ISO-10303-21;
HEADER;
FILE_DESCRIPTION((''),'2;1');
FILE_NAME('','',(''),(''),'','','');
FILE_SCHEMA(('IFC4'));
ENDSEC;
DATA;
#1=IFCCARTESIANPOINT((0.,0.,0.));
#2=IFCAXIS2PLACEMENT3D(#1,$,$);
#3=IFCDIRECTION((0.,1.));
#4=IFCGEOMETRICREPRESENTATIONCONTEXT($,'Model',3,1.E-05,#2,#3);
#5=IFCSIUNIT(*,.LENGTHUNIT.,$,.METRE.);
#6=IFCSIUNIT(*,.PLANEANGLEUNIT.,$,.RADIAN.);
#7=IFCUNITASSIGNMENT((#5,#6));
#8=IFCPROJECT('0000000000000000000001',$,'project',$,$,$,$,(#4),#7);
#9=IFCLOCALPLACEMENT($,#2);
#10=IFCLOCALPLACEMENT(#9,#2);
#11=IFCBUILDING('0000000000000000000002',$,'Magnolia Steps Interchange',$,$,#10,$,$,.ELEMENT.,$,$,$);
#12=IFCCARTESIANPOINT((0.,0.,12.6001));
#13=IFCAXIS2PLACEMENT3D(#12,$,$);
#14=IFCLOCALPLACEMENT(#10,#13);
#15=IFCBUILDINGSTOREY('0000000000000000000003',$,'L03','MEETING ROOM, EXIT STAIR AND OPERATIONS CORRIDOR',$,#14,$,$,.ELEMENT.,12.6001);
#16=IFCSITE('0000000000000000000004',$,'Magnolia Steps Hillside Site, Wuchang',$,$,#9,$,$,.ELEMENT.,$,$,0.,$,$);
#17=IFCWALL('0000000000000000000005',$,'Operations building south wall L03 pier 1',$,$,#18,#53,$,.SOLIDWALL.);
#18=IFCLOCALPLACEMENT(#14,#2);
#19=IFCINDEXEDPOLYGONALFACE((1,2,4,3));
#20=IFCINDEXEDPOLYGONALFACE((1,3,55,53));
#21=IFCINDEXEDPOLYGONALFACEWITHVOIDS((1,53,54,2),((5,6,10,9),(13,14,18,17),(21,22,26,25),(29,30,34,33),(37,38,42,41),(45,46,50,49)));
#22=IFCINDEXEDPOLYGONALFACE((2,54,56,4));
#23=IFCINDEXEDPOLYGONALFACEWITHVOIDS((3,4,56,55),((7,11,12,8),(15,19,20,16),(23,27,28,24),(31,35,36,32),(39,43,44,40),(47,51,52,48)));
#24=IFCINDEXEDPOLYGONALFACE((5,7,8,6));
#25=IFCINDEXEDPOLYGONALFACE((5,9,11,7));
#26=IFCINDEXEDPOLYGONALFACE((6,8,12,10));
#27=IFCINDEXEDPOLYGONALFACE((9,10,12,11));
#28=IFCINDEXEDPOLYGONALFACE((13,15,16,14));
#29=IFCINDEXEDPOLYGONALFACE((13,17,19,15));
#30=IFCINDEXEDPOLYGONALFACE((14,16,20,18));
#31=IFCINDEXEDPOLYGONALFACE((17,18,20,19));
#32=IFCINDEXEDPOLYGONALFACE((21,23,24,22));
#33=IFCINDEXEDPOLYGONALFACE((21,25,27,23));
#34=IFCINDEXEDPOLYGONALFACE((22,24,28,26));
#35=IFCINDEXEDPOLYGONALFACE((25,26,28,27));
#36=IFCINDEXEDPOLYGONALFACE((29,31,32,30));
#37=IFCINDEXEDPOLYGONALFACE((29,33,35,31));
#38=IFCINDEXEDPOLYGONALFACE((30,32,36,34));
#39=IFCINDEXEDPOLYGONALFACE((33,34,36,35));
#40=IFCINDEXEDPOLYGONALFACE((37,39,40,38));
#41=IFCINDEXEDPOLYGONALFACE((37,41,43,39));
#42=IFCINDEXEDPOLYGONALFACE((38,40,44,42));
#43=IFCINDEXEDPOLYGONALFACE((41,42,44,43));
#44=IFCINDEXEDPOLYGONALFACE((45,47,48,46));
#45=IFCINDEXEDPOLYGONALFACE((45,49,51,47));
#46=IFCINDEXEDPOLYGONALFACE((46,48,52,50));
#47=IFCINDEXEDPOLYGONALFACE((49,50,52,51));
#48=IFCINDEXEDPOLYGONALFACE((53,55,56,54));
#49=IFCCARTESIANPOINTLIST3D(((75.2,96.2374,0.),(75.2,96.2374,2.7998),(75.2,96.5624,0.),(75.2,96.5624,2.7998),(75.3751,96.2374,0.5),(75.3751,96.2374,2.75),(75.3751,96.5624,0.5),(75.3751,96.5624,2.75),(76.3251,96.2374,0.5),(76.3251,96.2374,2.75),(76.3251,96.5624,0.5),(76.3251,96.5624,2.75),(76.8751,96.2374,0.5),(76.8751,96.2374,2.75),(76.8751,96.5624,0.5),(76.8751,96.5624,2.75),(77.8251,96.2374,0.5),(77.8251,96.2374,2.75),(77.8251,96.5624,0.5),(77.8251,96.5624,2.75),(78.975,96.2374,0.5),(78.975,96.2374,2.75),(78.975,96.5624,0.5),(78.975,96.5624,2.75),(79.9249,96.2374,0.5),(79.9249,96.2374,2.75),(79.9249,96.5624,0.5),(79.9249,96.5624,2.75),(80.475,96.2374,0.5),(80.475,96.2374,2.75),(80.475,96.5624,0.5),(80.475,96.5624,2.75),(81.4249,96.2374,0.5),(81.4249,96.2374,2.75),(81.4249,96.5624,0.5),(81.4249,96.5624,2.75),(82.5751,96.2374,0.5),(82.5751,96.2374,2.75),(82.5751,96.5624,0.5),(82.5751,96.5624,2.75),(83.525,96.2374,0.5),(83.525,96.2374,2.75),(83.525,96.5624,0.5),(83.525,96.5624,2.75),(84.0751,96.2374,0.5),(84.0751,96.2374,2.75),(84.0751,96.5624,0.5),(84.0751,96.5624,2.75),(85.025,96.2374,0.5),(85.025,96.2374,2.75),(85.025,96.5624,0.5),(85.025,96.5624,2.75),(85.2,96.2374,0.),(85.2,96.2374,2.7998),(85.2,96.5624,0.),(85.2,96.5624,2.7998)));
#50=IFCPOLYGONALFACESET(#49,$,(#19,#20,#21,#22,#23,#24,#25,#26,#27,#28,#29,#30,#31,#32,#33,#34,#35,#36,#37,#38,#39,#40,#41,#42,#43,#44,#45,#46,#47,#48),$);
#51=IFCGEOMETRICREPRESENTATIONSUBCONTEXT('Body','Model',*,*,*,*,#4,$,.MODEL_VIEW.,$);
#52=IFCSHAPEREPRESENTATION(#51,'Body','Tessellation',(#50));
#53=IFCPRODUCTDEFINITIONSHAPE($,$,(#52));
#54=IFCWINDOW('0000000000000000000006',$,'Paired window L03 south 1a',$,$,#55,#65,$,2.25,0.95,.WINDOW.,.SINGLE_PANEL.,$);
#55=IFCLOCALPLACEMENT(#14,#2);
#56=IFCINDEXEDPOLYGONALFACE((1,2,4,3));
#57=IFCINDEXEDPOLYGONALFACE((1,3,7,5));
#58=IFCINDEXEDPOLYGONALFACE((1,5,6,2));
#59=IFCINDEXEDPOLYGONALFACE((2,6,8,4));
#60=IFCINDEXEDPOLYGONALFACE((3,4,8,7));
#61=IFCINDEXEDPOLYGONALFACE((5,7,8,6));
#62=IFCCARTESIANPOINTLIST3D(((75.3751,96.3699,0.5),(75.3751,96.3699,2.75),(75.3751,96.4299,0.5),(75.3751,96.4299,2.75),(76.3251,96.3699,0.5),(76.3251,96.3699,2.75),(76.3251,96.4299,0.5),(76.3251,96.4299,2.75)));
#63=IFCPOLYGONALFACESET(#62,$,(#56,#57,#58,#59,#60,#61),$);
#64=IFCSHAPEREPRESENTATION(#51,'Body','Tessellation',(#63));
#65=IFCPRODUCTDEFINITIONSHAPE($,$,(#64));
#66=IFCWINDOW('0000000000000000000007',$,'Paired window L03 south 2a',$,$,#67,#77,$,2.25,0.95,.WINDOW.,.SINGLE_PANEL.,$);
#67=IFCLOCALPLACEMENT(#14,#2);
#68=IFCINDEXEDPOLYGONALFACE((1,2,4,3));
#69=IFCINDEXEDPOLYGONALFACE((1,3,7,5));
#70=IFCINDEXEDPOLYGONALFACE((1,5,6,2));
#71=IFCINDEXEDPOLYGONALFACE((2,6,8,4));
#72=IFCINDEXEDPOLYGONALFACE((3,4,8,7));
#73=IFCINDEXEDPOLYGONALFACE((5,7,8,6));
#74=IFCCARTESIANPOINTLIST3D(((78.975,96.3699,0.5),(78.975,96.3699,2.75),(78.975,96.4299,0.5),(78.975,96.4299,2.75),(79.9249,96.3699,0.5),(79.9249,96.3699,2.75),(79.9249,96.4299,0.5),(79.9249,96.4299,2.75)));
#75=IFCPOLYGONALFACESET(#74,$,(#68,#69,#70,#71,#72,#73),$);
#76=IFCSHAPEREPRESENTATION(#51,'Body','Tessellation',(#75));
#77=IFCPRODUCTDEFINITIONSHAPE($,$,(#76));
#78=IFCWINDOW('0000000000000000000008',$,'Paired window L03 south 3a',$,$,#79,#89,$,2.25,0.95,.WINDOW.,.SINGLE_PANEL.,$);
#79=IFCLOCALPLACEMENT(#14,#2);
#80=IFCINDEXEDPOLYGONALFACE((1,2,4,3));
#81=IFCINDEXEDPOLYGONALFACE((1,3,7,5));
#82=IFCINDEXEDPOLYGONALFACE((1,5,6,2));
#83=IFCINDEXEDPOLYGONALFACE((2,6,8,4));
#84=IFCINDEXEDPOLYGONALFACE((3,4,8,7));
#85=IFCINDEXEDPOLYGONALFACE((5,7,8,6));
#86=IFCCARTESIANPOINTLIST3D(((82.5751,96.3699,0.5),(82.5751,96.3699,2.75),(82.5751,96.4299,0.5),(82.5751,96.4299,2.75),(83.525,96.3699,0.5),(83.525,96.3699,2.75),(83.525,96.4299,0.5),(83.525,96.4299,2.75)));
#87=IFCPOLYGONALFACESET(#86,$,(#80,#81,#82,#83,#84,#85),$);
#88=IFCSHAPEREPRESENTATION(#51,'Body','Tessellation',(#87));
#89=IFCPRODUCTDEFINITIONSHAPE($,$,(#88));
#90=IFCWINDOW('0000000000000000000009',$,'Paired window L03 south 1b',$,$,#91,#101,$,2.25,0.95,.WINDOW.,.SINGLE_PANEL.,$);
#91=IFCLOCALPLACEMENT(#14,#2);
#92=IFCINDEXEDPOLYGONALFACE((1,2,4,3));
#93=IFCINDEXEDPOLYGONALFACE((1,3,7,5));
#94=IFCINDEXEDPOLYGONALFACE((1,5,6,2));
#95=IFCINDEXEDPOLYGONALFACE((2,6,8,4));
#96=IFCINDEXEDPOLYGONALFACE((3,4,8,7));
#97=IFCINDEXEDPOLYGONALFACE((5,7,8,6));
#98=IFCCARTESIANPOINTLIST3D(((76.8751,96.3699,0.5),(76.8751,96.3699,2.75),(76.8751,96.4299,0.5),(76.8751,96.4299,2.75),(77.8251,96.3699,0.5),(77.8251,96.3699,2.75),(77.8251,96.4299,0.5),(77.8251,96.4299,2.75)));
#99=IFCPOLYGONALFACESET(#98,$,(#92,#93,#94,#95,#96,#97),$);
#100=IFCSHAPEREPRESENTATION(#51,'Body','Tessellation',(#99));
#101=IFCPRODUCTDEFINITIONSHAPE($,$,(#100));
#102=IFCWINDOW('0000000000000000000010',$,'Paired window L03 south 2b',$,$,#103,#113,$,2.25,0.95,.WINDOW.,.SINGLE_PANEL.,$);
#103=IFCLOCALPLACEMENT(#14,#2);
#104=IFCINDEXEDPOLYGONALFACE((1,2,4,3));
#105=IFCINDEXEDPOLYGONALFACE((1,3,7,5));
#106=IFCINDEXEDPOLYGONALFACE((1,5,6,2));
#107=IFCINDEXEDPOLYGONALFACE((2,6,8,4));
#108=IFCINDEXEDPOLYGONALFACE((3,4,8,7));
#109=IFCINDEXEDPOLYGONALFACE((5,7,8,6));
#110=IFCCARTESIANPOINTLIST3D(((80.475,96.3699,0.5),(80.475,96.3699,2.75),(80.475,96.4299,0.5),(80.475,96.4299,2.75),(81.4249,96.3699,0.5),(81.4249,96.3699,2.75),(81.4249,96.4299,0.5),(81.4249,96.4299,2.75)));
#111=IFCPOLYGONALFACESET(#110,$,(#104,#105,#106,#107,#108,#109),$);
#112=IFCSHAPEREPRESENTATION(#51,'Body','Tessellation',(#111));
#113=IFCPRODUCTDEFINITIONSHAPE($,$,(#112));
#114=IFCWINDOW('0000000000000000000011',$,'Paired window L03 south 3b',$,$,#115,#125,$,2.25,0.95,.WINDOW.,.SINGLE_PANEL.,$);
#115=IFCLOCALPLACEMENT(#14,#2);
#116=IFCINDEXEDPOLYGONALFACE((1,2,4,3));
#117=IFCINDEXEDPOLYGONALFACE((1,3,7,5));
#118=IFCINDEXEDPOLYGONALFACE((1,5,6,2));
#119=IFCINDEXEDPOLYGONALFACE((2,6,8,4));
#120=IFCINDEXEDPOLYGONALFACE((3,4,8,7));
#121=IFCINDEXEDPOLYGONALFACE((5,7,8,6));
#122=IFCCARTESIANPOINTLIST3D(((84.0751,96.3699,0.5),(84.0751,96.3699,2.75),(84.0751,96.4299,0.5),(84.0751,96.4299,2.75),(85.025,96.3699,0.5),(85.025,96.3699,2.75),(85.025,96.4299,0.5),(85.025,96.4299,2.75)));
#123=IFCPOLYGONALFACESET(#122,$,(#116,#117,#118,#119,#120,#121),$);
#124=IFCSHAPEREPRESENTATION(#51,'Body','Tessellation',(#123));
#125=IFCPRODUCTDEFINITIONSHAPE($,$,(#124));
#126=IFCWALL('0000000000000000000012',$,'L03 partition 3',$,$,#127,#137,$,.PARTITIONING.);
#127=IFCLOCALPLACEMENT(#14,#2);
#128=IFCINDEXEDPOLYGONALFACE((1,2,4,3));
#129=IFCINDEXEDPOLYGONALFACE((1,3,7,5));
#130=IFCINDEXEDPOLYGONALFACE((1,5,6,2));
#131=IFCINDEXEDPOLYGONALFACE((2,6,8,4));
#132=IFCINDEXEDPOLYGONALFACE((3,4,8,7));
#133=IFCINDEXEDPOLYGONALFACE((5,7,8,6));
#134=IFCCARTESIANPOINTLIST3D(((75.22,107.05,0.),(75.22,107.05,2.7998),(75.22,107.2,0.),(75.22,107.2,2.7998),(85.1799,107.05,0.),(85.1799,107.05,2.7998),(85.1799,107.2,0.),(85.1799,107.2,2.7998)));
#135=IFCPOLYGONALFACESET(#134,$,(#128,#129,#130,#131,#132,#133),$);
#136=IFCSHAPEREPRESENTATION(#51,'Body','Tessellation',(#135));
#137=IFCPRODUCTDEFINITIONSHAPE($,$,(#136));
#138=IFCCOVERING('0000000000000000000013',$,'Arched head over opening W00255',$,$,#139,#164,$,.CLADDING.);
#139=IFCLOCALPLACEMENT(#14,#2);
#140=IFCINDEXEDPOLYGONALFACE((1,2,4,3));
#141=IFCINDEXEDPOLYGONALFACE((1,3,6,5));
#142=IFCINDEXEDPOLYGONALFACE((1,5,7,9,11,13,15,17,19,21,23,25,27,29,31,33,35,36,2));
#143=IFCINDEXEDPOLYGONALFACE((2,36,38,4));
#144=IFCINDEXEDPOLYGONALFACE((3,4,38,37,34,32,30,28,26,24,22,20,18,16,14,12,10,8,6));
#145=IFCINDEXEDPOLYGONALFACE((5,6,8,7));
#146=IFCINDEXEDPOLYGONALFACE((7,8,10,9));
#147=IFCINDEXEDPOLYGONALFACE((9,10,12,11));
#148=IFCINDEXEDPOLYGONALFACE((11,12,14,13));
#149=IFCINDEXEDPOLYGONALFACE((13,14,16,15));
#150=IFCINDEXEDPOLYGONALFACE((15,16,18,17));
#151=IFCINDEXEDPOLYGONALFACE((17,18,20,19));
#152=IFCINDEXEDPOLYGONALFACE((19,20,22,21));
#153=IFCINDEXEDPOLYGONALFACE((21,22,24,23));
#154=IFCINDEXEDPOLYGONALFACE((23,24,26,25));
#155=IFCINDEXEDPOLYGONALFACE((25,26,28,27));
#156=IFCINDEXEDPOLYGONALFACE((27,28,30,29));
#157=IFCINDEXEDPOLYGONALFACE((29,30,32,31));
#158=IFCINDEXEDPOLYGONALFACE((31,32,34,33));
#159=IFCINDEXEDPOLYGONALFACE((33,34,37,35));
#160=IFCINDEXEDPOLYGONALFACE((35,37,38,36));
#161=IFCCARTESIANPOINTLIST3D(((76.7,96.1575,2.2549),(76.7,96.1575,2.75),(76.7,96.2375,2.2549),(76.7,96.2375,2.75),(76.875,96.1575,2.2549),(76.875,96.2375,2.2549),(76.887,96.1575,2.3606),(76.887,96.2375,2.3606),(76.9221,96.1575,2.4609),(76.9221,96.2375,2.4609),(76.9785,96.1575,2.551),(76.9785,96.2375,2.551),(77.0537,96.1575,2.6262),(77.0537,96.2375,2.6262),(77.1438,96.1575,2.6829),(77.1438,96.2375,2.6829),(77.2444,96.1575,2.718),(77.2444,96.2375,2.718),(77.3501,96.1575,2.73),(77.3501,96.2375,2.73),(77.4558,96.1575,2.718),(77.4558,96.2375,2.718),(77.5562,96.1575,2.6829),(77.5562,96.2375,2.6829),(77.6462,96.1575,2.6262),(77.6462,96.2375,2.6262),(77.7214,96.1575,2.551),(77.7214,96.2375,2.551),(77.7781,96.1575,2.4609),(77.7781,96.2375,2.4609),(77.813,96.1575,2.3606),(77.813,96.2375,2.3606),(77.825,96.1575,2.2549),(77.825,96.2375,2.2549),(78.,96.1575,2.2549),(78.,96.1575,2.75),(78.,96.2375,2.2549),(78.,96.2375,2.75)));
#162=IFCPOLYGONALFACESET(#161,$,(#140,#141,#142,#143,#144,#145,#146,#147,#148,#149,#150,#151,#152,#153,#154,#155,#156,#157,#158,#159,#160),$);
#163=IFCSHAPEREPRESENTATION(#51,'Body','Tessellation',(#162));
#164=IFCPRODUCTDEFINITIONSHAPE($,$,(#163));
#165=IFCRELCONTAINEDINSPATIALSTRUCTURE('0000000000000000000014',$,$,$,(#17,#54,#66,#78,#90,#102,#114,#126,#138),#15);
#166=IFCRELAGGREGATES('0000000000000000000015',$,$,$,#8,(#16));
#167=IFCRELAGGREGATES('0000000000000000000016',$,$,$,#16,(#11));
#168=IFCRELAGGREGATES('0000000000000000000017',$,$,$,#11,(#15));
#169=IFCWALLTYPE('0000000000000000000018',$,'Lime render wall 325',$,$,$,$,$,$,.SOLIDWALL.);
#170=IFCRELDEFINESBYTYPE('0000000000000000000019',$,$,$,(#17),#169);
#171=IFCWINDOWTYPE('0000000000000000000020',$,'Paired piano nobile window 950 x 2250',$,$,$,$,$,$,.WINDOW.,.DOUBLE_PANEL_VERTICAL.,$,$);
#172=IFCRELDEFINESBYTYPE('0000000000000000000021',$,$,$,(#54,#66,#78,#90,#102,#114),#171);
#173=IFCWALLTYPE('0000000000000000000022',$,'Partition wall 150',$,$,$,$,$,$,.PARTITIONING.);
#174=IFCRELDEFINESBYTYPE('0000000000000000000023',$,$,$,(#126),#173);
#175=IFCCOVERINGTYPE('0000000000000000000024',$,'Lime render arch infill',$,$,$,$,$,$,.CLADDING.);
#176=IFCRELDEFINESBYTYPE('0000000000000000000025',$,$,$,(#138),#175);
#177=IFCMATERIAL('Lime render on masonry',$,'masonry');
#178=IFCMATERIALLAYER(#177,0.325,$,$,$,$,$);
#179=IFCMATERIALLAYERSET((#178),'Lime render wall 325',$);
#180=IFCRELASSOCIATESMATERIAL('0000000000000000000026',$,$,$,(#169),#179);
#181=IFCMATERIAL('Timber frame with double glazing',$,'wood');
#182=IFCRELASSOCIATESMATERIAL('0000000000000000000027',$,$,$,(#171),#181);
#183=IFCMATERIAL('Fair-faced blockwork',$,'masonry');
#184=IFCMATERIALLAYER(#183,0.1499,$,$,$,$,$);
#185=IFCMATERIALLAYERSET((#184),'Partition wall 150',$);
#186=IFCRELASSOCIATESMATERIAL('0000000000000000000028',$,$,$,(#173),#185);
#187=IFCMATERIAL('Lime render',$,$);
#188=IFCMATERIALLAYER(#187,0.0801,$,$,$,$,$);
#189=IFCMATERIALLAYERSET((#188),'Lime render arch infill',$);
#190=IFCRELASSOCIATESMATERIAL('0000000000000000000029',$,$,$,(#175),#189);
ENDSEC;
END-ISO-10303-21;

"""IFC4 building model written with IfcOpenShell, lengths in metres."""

from ifc_helpers import new_model, si_unit, direction, frame, frame_2d, origin, place, context, subcontext, project, spatial, polyline, rectangle, outline, extrude, material, layer, layer_set, type_object, element, fill, save


model = new_model("IFC4")

# Units and contexts
model_context = context("Model", 3, precision=1e-05, world=origin(), true_north=direction((0.0, 1.0)))
body_context = subcontext(model_context, "Body", "Model", "MODEL_VIEW")
ifc_project = project(units=[si_unit("LENGTHUNIT", "METRE"), si_unit("PLANEANGLEUNIT", "RADIAN")], contexts=[model_context])

# Site, building, storey
site_placement = place(None, origin())
site = spatial("IfcSite", under=ifc_project, at=site_placement, Name="Magnolia Steps Hillside Site, Wuchang", CompositionType="ELEMENT", RefElevation=0.0)
building_placement = place(site_placement, origin())
building = spatial("IfcBuilding", under=site, at=building_placement, Name="Magnolia Steps Interchange", CompositionType="ELEMENT")
storey_placement = place(building_placement, frame((0.0, 0.0, 12.6001)))
storey = spatial("IfcBuildingStorey", under=building, at=storey_placement, Name="L03", Description="MEETING ROOM, EXIT STAIR AND OPERATIONS CORRIDOR", CompositionType="ELEMENT", Elevation=12.6001)

# Wall, openings, windows
ifc_material_1 = material(Name="Lime render on masonry", Category="masonry")
ifc_layer_1 = layer(ifc_material_1, 0.325)
ifc_layer_set_1 = layer_set([ifc_layer_1], Name="Lime render wall 325")
wall_type_1 = type_object("IfcWallType", Name="Lime render wall 325", PredefinedType="SOLIDWALL", material=ifc_layer_set_1)
wall_1_placement = place(storey_placement, frame((75.2, 96.3999, 0.0), z_axis=(0.0, 0.0, 1.0), x_axis=(1.0, 0.0, 0.0)))
wall_1 = element("IfcWall", 1, at=wall_1_placement, inside=storey, type_object=wall_type_1, Name="Operations building south wall L03 pier 1", PredefinedType="SOLIDWALL", context=body_context, shape_type="SweptSolid", body=[
    extrude(rectangle(XDim=10.0, YDim=0.325, at=frame_2d((5.0, 0.0))), origin(), (0.0, 0.0, 1.0), 2.7998),
])
opening_1_placement = place(wall_1_placement, frame((0.175, 0.0, 0.5)))
opening_1 = element("IfcOpeningElement", 2, at=opening_1_placement, cuts=wall_1, PredefinedType="OPENING", context=body_context, shape_type="SweptSolid", body=[
    extrude(rectangle(XDim=0.95, YDim=2.25, at=frame_2d((0.4751, 1.125))), frame((0.0, 0.1724, 0.0), z_axis=(0.0, -1.0, 0.0), x_axis=(1.0, 0.0, 0.0)), (0.0, 0.0, 1.0), 0.345),
])
opening_2_placement = place(wall_1_placement, frame((3.7749, 0.0, 0.5)))
opening_2 = element("IfcOpeningElement", 3, at=opening_2_placement, cuts=wall_1, PredefinedType="OPENING", context=body_context, shape_type="SweptSolid", body=[
    extrude(rectangle(XDim=0.95, YDim=2.25, at=frame_2d((0.4751, 1.125))), frame((0.0, 0.1724, 0.0), z_axis=(0.0, -1.0, 0.0), x_axis=(1.0, 0.0, 0.0)), (0.0, 0.0, 1.0), 0.345),
])
opening_3_placement = place(wall_1_placement, frame((7.375, 0.0, 0.5)))
opening_3 = element("IfcOpeningElement", 4, at=opening_3_placement, cuts=wall_1, PredefinedType="OPENING", context=body_context, shape_type="SweptSolid", body=[
    extrude(rectangle(XDim=0.95, YDim=2.25, at=frame_2d((0.4751, 1.125))), frame((0.0, 0.1724, 0.0), z_axis=(0.0, -1.0, 0.0), x_axis=(1.0, 0.0, 0.0)), (0.0, 0.0, 1.0), 0.345),
])
opening_4_placement = place(wall_1_placement, frame((1.675, 0.0, 0.5)))
opening_4 = element("IfcOpeningElement", 5, at=opening_4_placement, cuts=wall_1, PredefinedType="OPENING", context=body_context, shape_type="SweptSolid", body=[
    extrude(rectangle(XDim=0.95, YDim=2.25, at=frame_2d((0.4751, 1.125))), frame((0.0, 0.1724, 0.0), z_axis=(0.0, -1.0, 0.0), x_axis=(1.0, 0.0, 0.0)), (0.0, 0.0, 1.0), 0.345),
])
opening_5_placement = place(wall_1_placement, frame((5.2749, 0.0, 0.5)))
opening_5 = element("IfcOpeningElement", 6, at=opening_5_placement, cuts=wall_1, PredefinedType="OPENING", context=body_context, shape_type="SweptSolid", body=[
    extrude(rectangle(XDim=0.95, YDim=2.25, at=frame_2d((0.4751, 1.125))), frame((0.0, 0.1724, 0.0), z_axis=(0.0, -1.0, 0.0), x_axis=(1.0, 0.0, 0.0)), (0.0, 0.0, 1.0), 0.345),
])
opening_6_placement = place(wall_1_placement, frame((8.875, 0.0, 0.5)))
opening_6 = element("IfcOpeningElement", 7, at=opening_6_placement, cuts=wall_1, PredefinedType="OPENING", context=body_context, shape_type="SweptSolid", body=[
    extrude(rectangle(XDim=0.95, YDim=2.25, at=frame_2d((0.4751, 1.125))), frame((0.0, 0.1724, 0.0), z_axis=(0.0, -1.0, 0.0), x_axis=(1.0, 0.0, 0.0)), (0.0, 0.0, 1.0), 0.345),
])
ifc_material_2 = material(Name="Timber frame with double glazing", Category="wood")
window_type = type_object("IfcWindowType", Name="Paired piano nobile window 950 x 2250", PartitioningType="DOUBLE_PANEL_VERTICAL", PredefinedType="WINDOW", material=ifc_material_2)
window_1_placement = place(opening_1_placement, origin())
window_1 = element("IfcWindow", 8, at=window_1_placement, inside=storey, type_object=window_type, Name="Paired window L03 south 1a", OverallHeight=2.25, OverallWidth=0.95, PartitioningType="SINGLE_PANEL", PredefinedType="WINDOW", context=body_context, shape_type="SweptSolid", body=[
    extrude(rectangle(XDim=0.95, YDim=2.25, at=frame_2d((0.4751, 1.125))), frame((0.0, 0.03, 0.0), z_axis=(0.0, -1.0, 0.0), x_axis=(1.0, 0.0, 0.0)), (0.0, 0.0, 1.0), 0.0601),
])
fill(opening_1, window_1)
window_2_placement = place(opening_2_placement, origin())
window_2 = element("IfcWindow", 9, at=window_2_placement, inside=storey, type_object=window_type, Name="Paired window L03 south 2a", OverallHeight=2.25, OverallWidth=0.95, PartitioningType="SINGLE_PANEL", PredefinedType="WINDOW", context=body_context, shape_type="SweptSolid", body=[
    extrude(rectangle(XDim=0.95, YDim=2.25, at=frame_2d((0.4751, 1.125))), frame((0.0, 0.03, 0.0), z_axis=(0.0, -1.0, 0.0), x_axis=(1.0, 0.0, 0.0)), (0.0, 0.0, 1.0), 0.0601),
])
fill(opening_2, window_2)
window_3_placement = place(opening_3_placement, origin())
window_3 = element("IfcWindow", 10, at=window_3_placement, inside=storey, type_object=window_type, Name="Paired window L03 south 3a", OverallHeight=2.25, OverallWidth=0.95, PartitioningType="SINGLE_PANEL", PredefinedType="WINDOW", context=body_context, shape_type="SweptSolid", body=[
    extrude(rectangle(XDim=0.95, YDim=2.25, at=frame_2d((0.4751, 1.125))), frame((0.0, 0.03, 0.0), z_axis=(0.0, -1.0, 0.0), x_axis=(1.0, 0.0, 0.0)), (0.0, 0.0, 1.0), 0.0601),
])
fill(opening_3, window_3)
window_4_placement = place(opening_4_placement, origin())
window_4 = element("IfcWindow", 11, at=window_4_placement, inside=storey, type_object=window_type, Name="Paired window L03 south 1b", OverallHeight=2.25, OverallWidth=0.95, PartitioningType="SINGLE_PANEL", PredefinedType="WINDOW", context=body_context, shape_type="SweptSolid", body=[
    extrude(rectangle(XDim=0.95, YDim=2.25, at=frame_2d((0.4751, 1.125))), frame((0.0, 0.03, 0.0), z_axis=(0.0, -1.0, 0.0), x_axis=(1.0, 0.0, 0.0)), (0.0, 0.0, 1.0), 0.0601),
])
fill(opening_4, window_4)
window_5_placement = place(opening_5_placement, origin())
window_5 = element("IfcWindow", 12, at=window_5_placement, inside=storey, type_object=window_type, Name="Paired window L03 south 2b", OverallHeight=2.25, OverallWidth=0.95, PartitioningType="SINGLE_PANEL", PredefinedType="WINDOW", context=body_context, shape_type="SweptSolid", body=[
    extrude(rectangle(XDim=0.95, YDim=2.25, at=frame_2d((0.4751, 1.125))), frame((0.0, 0.03, 0.0), z_axis=(0.0, -1.0, 0.0), x_axis=(1.0, 0.0, 0.0)), (0.0, 0.0, 1.0), 0.0601),
])
fill(opening_5, window_5)
window_6_placement = place(opening_6_placement, origin())
window_6 = element("IfcWindow", 13, at=window_6_placement, inside=storey, type_object=window_type, Name="Paired window L03 south 3b", OverallHeight=2.25, OverallWidth=0.95, PartitioningType="SINGLE_PANEL", PredefinedType="WINDOW", context=body_context, shape_type="SweptSolid", body=[
    extrude(rectangle(XDim=0.95, YDim=2.25, at=frame_2d((0.4751, 1.125))), frame((0.0, 0.03, 0.0), z_axis=(0.0, -1.0, 0.0), x_axis=(1.0, 0.0, 0.0)), (0.0, 0.0, 1.0), 0.0601),
])
fill(opening_6, window_6)

# Wall
ifc_material_3 = material(Name="Fair-faced blockwork", Category="masonry")
ifc_layer_2 = layer(ifc_material_3, 0.1499)
ifc_layer_set_2 = layer_set([ifc_layer_2], Name="Partition wall 150")
wall_type_2 = type_object("IfcWallType", Name="Partition wall 150", PredefinedType="PARTITIONING", material=ifc_layer_set_2)
wall_2_placement = place(storey_placement, frame((75.22, 107.125, 0.0), z_axis=(0.0, 0.0, 1.0), x_axis=(1.0, 0.0, 0.0)))
element("IfcWall", 14, at=wall_2_placement, inside=storey, type_object=wall_type_2, Name="L03 partition 3", PredefinedType="PARTITIONING", context=body_context, shape_type="SweptSolid", body=[
    extrude(rectangle(XDim=9.96, YDim=0.1499, at=frame_2d((4.98, 0.0))), origin(), (0.0, 0.0, 1.0), 2.7998),
])

# Covering
ifc_material_4 = material(Name="Lime render")
ifc_layer_3 = layer(ifc_material_4, 0.0801)
ifc_layer_set_3 = layer_set([ifc_layer_3], Name="Lime render arch infill")
covering_type = type_object("IfcCoveringType", Name="Lime render arch infill", PredefinedType="CLADDING", material=ifc_layer_set_3)
covering_placement = place(storey_placement, frame((76.7, 96.2375, 2.2549), z_axis=(0.0, 1.0, 0.0), x_axis=(0.0, 0.0, 1.0)))
element("IfcCovering", 15, at=covering_placement, inside=storey, type_object=covering_type, Name="Arched head over opening W00255", PredefinedType="CLADDING", context=body_context, shape_type="SweptSolid", body=[
    extrude(outline(polyline([(0.0, 0.0), (0.4951, 0.0), (0.4951, 1.3), (0.0, 1.3), (0.0, 1.125), (0.1057, 1.113), (0.2061, 1.0781), (0.2961, 1.0215), (0.3713, 0.9463), (0.428, 0.8562), (0.4631, 0.7559), (0.4751, 0.6501), (0.4631, 0.5444), (0.428, 0.4438), (0.3713, 0.3538), (0.2961, 0.2786), (0.2061, 0.2222), (0.1057, 0.187), (0.0, 0.175), (0.0, 0.0)])), origin(), (0.0, 0.0, -1.0), 0.0801),
])

save(model, "model.ifc")
